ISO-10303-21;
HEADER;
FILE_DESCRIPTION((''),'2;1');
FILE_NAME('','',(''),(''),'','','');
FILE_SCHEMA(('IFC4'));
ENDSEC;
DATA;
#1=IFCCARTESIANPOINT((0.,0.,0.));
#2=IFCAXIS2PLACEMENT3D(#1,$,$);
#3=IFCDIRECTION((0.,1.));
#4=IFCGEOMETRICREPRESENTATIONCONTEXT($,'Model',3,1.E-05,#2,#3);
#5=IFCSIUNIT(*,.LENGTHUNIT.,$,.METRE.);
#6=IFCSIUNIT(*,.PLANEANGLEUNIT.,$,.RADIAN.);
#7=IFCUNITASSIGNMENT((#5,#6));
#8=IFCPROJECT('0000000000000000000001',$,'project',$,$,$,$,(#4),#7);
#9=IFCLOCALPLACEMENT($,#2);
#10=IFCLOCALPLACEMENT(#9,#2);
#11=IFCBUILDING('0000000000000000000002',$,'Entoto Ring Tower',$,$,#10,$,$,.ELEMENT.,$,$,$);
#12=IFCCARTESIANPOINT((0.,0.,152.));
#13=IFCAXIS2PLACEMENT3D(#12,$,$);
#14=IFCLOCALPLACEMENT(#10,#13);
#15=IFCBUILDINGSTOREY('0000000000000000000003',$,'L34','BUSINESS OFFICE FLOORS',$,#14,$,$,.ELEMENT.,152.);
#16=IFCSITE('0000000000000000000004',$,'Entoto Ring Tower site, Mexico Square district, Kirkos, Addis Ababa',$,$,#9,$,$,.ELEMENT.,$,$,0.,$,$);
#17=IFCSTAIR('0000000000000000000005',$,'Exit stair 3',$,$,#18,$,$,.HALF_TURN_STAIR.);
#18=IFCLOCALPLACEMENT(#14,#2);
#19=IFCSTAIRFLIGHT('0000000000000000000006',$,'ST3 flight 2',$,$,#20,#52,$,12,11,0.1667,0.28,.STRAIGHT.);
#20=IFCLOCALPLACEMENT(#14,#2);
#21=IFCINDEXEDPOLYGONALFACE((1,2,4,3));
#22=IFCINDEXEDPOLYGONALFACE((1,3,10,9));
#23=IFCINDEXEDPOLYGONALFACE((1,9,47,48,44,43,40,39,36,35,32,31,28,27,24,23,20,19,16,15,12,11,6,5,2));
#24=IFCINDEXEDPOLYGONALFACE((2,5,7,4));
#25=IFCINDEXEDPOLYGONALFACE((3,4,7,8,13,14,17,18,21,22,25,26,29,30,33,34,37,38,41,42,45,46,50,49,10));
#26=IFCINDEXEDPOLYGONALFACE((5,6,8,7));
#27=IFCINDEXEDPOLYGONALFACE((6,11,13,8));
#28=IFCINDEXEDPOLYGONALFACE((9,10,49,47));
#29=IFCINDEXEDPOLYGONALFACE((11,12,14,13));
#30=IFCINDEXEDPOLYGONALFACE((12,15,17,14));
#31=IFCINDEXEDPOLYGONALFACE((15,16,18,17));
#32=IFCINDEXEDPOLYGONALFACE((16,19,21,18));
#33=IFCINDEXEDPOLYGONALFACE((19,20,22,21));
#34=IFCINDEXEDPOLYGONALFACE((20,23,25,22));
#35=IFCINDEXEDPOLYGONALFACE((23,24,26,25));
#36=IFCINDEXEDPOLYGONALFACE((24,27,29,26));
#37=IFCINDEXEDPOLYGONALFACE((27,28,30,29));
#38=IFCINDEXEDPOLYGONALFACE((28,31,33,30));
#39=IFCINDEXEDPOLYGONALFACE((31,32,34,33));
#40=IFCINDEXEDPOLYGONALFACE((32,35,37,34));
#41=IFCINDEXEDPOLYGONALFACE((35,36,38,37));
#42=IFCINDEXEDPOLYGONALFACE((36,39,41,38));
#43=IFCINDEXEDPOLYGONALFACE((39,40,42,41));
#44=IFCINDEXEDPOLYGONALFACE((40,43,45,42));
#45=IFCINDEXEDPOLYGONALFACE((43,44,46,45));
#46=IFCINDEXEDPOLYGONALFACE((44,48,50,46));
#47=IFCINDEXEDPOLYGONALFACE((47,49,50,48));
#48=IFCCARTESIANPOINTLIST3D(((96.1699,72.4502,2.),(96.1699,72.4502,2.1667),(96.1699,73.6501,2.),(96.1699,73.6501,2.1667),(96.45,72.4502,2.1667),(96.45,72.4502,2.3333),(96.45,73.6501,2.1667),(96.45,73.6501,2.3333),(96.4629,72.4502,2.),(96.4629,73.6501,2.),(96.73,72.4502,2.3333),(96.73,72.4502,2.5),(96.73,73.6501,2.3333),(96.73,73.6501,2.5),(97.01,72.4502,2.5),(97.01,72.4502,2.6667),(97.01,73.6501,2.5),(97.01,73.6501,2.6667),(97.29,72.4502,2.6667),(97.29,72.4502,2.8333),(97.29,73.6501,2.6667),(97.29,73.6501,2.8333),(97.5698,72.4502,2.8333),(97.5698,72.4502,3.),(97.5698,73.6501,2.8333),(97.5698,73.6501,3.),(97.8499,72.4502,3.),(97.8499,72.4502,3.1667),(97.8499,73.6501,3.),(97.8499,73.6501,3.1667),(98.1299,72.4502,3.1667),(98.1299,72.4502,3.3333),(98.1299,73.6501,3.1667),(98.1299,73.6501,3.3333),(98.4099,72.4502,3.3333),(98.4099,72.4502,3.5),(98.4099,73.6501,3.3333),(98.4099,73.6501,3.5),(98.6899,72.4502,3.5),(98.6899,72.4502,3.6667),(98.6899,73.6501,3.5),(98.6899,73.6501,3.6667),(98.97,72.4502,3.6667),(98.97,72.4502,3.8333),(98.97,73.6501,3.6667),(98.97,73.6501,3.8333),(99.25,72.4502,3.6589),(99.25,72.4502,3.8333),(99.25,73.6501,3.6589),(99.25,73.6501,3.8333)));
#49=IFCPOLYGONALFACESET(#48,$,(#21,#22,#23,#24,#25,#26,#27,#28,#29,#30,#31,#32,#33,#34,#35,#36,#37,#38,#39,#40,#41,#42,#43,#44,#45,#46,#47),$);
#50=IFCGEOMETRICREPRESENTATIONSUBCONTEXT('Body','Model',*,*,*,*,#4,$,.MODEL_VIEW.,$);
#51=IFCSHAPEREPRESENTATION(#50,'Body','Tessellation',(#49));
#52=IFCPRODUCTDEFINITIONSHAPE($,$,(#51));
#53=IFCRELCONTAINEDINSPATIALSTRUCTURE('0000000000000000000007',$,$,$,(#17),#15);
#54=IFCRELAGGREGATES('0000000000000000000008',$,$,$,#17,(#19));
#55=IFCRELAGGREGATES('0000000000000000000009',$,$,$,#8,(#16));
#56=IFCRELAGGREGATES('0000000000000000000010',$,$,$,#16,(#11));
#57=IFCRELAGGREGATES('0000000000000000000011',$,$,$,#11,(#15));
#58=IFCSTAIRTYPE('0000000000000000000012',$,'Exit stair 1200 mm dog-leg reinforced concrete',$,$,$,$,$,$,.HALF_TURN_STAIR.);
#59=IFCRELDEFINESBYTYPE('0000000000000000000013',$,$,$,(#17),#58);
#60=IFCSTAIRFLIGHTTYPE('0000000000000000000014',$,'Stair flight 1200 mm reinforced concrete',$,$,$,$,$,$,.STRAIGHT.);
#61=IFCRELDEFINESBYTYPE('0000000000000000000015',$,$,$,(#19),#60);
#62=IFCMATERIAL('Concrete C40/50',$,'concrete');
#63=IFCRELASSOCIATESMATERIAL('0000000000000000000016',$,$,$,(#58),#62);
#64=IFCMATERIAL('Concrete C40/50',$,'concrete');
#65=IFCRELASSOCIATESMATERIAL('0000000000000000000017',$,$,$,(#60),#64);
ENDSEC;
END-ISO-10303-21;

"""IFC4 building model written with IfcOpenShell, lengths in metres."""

from ifc_helpers import new_model, si_unit, direction, frame, origin, place, context, subcontext, project, spatial, polyline, outline, extrude, material, type_object, element, aggregate, save


model = new_model("IFC4")

# Units and contexts
model_context = context("Model", 3, precision=1e-05, world=origin(), true_north=direction((0.0, 1.0)))
body_context = subcontext(model_context, "Body", "Model", "MODEL_VIEW")
ifc_project = project(units=[si_unit("LENGTHUNIT", "METRE"), si_unit("PLANEANGLEUNIT", "RADIAN")], contexts=[model_context])

# Site, building, storey
site_placement = place(None, origin())
site = spatial("IfcSite", under=ifc_project, at=site_placement, Name="Entoto Ring Tower site, Mexico Square district, Kirkos, Addis Ababa", CompositionType="ELEMENT", RefElevation=0.0)
building_placement = place(site_placement, origin())
building = spatial("IfcBuilding", under=site, at=building_placement, Name="Entoto Ring Tower", CompositionType="ELEMENT")
storey_placement = place(building_placement, frame((0.0, 0.0, 152.0)))
storey = spatial("IfcBuildingStorey", under=building, at=storey_placement, Name="L34", Description="BUSINESS OFFICE FLOORS", CompositionType="ELEMENT", Elevation=152.0)

# Stair, stair flight
ifc_material_1 = material(Name="Concrete C40/50", Category="concrete")
stair_type = type_object("IfcStairType", Name="Exit stair 1200 mm dog-leg reinforced concrete", PredefinedType="HALF_TURN_STAIR", material=ifc_material_1)
stair_placement = place(storey_placement, origin())
stair = element("IfcStair", 1, at=stair_placement, inside=storey, type_object=stair_type, Name="Exit stair 3", PredefinedType="HALF_TURN_STAIR")
ifc_material_2 = material(Name="Concrete C40/50", Category="concrete")
stair_flight_type = type_object("IfcStairFlightType", Name="Stair flight 1200 mm reinforced concrete", PredefinedType="STRAIGHT", material=ifc_material_2)
stair_flight_placement = place(storey_placement, frame((96.1699, 73.05, 2.0), z_axis=(0.0, 0.0, 1.0), x_axis=(1.0, 0.0, 0.0)))
stair_flight = element("IfcStairFlight", 2, at=stair_flight_placement, type_object=stair_flight_type, Name="ST3 flight 2", NumberOfRisers=12, NumberOfTreads=11, PredefinedType="STRAIGHT", RiserHeight=0.1667, TreadLength=0.28, context=body_context, shape_type="SweptSolid", body=[
    extrude(outline(polyline([(0.0, 0.0), (0.0, 0.1667), (0.28, 0.1667), (0.28, 0.3333), (0.5601, 0.3333), (0.5601, 0.5), (0.8401, 0.5), (0.8401, 0.6667), (1.1201, 0.6667), (1.1201, 0.8333), (1.3999, 0.8333), (1.3999, 1.0), (1.6799, 1.0), (1.6799, 1.1667), (1.96, 1.1667), (1.96, 1.3333), (2.24, 1.3333), (2.24, 1.5), (2.52, 1.5), (2.52, 1.6667), (2.8, 1.6667), (2.8, 1.8333), (3.0801, 1.8333), (3.0801, 2.0), (3.0801, 1.6589), (0.293, 0.0), (0.0, 0.0)])), frame((0.0, 0.6001, 0.0), z_axis=(0.0, -1.0, 0.0), x_axis=(1.0, 0.0, 0.0)), (0.0, 0.0, 1.0), 1.2),
])
aggregate(stair, [stair_flight])

save(model, "model.ifc")
